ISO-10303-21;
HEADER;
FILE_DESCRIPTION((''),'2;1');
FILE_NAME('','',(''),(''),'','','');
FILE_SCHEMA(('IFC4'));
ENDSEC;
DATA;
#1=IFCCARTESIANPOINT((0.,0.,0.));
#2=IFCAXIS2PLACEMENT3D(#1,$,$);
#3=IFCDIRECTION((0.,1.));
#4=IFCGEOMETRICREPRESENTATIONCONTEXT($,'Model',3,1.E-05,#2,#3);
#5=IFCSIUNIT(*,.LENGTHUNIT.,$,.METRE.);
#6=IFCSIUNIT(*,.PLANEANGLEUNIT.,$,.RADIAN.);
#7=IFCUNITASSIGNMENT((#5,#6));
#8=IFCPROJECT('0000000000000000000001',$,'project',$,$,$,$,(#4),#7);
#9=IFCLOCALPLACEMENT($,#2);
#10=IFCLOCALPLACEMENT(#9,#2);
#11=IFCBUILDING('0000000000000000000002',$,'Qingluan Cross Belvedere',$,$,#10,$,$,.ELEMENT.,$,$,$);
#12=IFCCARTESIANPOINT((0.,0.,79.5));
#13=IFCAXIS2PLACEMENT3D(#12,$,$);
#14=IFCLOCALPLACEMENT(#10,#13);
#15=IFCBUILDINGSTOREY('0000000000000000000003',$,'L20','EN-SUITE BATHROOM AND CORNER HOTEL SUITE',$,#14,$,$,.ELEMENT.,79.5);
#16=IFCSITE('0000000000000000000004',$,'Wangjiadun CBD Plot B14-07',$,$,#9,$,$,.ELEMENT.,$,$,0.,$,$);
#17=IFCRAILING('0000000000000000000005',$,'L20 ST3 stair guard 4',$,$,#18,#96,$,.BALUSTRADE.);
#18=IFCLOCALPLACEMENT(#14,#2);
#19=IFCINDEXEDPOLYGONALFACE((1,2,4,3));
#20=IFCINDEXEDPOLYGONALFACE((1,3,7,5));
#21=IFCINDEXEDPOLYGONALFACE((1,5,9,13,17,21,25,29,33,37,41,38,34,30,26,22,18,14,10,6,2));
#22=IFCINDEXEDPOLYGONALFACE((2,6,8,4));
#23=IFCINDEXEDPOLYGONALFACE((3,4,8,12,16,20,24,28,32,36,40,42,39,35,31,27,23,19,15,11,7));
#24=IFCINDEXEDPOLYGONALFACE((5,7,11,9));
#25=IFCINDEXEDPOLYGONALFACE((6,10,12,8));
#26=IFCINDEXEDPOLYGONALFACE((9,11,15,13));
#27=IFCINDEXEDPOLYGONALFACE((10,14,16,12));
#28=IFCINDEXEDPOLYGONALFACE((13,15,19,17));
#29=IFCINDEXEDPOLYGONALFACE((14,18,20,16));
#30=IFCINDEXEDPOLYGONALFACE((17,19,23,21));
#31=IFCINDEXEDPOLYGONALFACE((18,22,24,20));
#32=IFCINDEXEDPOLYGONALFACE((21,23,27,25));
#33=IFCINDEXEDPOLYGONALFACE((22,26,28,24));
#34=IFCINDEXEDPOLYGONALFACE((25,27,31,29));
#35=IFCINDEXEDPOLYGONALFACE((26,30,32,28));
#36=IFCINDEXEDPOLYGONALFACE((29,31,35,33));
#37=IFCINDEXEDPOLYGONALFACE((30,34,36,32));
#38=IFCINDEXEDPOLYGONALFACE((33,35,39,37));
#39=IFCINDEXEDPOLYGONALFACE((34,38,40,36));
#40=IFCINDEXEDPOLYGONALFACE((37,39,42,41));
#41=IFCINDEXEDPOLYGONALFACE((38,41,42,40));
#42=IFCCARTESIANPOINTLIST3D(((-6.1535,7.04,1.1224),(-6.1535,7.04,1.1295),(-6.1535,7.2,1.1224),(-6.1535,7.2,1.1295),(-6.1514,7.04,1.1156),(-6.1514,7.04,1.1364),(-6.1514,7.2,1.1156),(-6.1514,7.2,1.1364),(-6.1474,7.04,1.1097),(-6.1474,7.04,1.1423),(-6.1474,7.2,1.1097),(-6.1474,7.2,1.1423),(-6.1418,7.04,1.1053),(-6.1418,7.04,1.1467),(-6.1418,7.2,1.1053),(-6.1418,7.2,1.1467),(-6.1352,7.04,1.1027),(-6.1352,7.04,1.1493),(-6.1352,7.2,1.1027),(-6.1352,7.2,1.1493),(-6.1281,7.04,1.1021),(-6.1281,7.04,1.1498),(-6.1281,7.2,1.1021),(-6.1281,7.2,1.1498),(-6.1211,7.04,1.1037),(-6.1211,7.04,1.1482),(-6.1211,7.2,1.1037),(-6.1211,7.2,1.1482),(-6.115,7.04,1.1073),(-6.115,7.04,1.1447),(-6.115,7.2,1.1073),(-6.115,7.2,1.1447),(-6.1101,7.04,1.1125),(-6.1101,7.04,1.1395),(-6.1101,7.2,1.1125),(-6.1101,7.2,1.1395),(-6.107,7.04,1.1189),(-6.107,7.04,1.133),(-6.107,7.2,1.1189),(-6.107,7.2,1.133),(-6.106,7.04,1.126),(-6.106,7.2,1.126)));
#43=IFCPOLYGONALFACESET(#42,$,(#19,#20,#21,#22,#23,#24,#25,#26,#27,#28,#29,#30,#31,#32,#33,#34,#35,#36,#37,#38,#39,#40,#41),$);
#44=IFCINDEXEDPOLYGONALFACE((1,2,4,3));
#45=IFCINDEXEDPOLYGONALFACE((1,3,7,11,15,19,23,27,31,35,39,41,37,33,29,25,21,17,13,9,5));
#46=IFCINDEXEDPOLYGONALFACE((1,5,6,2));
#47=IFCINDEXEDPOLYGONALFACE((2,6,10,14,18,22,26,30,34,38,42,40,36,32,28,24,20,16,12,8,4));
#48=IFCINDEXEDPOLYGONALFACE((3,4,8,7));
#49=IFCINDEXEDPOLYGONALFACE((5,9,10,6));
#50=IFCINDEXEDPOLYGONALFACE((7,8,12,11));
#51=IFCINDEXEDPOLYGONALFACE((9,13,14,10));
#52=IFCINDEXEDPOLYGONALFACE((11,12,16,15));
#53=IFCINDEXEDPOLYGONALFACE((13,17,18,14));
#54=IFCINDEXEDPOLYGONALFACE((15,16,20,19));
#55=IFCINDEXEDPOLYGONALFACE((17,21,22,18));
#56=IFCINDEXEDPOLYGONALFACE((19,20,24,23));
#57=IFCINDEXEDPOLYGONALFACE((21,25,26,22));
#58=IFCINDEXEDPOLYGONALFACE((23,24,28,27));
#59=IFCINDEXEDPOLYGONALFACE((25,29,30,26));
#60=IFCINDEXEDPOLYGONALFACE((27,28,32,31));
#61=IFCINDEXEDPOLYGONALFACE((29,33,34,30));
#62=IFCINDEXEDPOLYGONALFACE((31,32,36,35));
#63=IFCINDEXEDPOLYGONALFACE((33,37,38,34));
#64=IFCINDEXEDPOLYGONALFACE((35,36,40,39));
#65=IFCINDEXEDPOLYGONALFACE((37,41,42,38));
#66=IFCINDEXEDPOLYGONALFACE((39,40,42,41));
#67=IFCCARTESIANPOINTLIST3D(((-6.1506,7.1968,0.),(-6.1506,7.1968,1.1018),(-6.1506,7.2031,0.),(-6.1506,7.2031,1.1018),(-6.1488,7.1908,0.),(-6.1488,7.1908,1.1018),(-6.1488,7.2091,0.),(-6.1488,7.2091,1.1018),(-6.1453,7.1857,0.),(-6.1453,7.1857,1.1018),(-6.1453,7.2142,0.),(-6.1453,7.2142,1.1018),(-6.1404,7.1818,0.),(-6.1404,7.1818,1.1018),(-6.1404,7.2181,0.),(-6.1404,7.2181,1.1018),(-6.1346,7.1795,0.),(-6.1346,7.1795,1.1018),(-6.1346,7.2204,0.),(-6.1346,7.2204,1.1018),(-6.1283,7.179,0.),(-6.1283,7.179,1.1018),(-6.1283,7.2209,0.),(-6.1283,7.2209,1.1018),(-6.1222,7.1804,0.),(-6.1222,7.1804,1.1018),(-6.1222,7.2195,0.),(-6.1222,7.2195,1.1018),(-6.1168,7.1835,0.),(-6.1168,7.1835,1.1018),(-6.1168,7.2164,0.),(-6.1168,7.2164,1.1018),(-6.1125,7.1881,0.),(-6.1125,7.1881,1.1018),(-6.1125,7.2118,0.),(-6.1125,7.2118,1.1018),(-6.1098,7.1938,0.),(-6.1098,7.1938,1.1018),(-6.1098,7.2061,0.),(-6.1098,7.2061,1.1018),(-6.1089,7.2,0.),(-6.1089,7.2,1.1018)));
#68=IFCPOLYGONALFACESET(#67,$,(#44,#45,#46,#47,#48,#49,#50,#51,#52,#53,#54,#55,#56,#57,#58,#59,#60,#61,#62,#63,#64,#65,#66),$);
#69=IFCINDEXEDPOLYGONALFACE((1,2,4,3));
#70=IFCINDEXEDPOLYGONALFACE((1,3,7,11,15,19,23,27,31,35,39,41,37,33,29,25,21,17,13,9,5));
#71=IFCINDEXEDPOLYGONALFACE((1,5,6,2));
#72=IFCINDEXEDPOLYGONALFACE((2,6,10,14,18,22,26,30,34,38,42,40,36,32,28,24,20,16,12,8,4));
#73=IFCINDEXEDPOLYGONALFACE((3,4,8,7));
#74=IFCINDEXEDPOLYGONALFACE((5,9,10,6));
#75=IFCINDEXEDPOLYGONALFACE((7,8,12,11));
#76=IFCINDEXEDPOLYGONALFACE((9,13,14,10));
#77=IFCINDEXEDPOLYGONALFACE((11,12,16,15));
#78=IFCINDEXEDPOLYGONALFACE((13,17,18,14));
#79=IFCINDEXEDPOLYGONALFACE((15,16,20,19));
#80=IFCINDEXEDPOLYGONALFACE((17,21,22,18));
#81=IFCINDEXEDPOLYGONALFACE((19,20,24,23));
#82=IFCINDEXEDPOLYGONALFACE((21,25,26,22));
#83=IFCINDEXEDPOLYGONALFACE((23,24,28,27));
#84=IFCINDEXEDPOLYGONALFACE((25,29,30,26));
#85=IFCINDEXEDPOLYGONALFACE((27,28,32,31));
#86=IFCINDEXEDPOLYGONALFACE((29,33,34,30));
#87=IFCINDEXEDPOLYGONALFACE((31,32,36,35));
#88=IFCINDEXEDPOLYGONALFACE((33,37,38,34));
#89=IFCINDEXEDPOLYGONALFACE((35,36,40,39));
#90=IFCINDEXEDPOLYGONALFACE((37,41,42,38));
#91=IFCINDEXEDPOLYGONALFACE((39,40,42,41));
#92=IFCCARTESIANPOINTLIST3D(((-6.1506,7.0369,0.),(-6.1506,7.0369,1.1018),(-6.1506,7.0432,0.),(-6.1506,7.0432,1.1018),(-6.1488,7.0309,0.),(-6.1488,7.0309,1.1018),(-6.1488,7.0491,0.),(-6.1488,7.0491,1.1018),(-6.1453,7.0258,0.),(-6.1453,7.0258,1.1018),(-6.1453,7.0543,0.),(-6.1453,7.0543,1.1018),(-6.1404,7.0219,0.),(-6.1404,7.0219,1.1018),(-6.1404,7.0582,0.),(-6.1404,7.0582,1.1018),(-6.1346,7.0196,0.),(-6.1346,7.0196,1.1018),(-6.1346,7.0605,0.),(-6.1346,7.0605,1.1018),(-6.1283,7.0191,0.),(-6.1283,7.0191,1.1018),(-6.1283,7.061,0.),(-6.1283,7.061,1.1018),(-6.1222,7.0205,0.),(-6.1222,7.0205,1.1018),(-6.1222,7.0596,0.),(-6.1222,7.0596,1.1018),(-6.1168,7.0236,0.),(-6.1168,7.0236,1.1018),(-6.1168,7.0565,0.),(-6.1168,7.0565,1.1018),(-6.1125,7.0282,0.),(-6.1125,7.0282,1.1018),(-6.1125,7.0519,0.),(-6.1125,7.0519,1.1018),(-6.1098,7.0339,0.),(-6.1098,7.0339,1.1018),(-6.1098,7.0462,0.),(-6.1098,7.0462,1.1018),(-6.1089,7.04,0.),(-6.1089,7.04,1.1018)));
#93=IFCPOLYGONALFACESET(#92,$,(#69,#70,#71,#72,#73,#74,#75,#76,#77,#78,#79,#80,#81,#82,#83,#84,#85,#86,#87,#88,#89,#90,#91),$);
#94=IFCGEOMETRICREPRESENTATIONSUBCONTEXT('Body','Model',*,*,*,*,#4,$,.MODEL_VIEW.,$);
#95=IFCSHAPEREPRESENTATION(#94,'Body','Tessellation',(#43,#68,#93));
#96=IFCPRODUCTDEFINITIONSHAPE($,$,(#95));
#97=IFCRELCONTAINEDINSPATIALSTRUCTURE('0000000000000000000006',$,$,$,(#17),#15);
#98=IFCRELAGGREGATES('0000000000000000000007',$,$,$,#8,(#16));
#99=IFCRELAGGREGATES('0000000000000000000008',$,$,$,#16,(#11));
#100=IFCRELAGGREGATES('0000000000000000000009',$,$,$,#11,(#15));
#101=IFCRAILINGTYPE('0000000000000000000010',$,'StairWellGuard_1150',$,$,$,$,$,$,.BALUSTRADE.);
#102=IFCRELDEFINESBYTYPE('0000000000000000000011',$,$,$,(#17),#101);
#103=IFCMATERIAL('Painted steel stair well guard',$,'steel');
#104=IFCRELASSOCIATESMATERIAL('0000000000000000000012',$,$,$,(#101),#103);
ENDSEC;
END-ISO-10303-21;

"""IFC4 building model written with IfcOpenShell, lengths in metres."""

from ifc_helpers import new_model, si_unit, direction, frame, origin, origin_2d, place, context, subcontext, project, spatial, circle, extrude, material, type_object, element, save


model = new_model("IFC4")

# Units and contexts
model_context = context("Model", 3, precision=1e-05, world=origin(), true_north=direction((0.0, 1.0)))
body_context = subcontext(model_context, "Body", "Model", "MODEL_VIEW")
ifc_project = project(units=[si_unit("LENGTHUNIT", "METRE"), si_unit("PLANEANGLEUNIT", "RADIAN")], contexts=[model_context])

# Site, building, storey
site_placement = place(None, origin())
site = spatial("IfcSite", under=ifc_project, at=site_placement, Name="Wangjiadun CBD Plot B14-07", CompositionType="ELEMENT", RefElevation=0.0)
building_placement = place(site_placement, origin())
building = spatial("IfcBuilding", under=site, at=building_placement, Name="Qingluan Cross Belvedere", CompositionType="ELEMENT")
storey_placement = place(building_placement, frame((0.0, 0.0, 79.5)))
storey = spatial("IfcBuildingStorey", under=building, at=storey_placement, Name="L20", Description="EN-SUITE BATHROOM AND CORNER HOTEL SUITE", CompositionType="ELEMENT", Elevation=79.5)

# Railing
ifc_material_1 = material(Name="Painted steel stair well guard", Category="steel")
railing_type_1 = type_object("IfcRailingType", Name="StairWellGuard_1150", PredefinedType="BALUSTRADE", material=ifc_material_1)
railing_1_placement = place(storey_placement, frame((-6.1299, 7.2, 0.0)))
element("IfcRailing", 1, at=railing_1_placement, inside=storey, type_object=railing_type_1, Name="L20 ST3 stair guard 4", PredefinedType="BALUSTRADE", context=body_context, shape_type="SweptSolid", body=[
    extrude(circle(Radius=0.0239, at=origin_2d()), frame((0.0, 0.0, 1.126), z_axis=(0.0, -1.0, 0.0), x_axis=(1.0, 0.0, 0.0)), (0.0, 0.0, 1.0), 0.1599),
    extrude(circle(Radius=0.021, at=origin_2d()), origin(), (0.0, 0.0, 1.0), 1.1018),
    extrude(circle(Radius=0.021, at=origin_2d()), frame((0.0, -0.1599, 0.0)), (0.0, 0.0, 1.0), 1.1018),
])

save(model, "model.ifc")
